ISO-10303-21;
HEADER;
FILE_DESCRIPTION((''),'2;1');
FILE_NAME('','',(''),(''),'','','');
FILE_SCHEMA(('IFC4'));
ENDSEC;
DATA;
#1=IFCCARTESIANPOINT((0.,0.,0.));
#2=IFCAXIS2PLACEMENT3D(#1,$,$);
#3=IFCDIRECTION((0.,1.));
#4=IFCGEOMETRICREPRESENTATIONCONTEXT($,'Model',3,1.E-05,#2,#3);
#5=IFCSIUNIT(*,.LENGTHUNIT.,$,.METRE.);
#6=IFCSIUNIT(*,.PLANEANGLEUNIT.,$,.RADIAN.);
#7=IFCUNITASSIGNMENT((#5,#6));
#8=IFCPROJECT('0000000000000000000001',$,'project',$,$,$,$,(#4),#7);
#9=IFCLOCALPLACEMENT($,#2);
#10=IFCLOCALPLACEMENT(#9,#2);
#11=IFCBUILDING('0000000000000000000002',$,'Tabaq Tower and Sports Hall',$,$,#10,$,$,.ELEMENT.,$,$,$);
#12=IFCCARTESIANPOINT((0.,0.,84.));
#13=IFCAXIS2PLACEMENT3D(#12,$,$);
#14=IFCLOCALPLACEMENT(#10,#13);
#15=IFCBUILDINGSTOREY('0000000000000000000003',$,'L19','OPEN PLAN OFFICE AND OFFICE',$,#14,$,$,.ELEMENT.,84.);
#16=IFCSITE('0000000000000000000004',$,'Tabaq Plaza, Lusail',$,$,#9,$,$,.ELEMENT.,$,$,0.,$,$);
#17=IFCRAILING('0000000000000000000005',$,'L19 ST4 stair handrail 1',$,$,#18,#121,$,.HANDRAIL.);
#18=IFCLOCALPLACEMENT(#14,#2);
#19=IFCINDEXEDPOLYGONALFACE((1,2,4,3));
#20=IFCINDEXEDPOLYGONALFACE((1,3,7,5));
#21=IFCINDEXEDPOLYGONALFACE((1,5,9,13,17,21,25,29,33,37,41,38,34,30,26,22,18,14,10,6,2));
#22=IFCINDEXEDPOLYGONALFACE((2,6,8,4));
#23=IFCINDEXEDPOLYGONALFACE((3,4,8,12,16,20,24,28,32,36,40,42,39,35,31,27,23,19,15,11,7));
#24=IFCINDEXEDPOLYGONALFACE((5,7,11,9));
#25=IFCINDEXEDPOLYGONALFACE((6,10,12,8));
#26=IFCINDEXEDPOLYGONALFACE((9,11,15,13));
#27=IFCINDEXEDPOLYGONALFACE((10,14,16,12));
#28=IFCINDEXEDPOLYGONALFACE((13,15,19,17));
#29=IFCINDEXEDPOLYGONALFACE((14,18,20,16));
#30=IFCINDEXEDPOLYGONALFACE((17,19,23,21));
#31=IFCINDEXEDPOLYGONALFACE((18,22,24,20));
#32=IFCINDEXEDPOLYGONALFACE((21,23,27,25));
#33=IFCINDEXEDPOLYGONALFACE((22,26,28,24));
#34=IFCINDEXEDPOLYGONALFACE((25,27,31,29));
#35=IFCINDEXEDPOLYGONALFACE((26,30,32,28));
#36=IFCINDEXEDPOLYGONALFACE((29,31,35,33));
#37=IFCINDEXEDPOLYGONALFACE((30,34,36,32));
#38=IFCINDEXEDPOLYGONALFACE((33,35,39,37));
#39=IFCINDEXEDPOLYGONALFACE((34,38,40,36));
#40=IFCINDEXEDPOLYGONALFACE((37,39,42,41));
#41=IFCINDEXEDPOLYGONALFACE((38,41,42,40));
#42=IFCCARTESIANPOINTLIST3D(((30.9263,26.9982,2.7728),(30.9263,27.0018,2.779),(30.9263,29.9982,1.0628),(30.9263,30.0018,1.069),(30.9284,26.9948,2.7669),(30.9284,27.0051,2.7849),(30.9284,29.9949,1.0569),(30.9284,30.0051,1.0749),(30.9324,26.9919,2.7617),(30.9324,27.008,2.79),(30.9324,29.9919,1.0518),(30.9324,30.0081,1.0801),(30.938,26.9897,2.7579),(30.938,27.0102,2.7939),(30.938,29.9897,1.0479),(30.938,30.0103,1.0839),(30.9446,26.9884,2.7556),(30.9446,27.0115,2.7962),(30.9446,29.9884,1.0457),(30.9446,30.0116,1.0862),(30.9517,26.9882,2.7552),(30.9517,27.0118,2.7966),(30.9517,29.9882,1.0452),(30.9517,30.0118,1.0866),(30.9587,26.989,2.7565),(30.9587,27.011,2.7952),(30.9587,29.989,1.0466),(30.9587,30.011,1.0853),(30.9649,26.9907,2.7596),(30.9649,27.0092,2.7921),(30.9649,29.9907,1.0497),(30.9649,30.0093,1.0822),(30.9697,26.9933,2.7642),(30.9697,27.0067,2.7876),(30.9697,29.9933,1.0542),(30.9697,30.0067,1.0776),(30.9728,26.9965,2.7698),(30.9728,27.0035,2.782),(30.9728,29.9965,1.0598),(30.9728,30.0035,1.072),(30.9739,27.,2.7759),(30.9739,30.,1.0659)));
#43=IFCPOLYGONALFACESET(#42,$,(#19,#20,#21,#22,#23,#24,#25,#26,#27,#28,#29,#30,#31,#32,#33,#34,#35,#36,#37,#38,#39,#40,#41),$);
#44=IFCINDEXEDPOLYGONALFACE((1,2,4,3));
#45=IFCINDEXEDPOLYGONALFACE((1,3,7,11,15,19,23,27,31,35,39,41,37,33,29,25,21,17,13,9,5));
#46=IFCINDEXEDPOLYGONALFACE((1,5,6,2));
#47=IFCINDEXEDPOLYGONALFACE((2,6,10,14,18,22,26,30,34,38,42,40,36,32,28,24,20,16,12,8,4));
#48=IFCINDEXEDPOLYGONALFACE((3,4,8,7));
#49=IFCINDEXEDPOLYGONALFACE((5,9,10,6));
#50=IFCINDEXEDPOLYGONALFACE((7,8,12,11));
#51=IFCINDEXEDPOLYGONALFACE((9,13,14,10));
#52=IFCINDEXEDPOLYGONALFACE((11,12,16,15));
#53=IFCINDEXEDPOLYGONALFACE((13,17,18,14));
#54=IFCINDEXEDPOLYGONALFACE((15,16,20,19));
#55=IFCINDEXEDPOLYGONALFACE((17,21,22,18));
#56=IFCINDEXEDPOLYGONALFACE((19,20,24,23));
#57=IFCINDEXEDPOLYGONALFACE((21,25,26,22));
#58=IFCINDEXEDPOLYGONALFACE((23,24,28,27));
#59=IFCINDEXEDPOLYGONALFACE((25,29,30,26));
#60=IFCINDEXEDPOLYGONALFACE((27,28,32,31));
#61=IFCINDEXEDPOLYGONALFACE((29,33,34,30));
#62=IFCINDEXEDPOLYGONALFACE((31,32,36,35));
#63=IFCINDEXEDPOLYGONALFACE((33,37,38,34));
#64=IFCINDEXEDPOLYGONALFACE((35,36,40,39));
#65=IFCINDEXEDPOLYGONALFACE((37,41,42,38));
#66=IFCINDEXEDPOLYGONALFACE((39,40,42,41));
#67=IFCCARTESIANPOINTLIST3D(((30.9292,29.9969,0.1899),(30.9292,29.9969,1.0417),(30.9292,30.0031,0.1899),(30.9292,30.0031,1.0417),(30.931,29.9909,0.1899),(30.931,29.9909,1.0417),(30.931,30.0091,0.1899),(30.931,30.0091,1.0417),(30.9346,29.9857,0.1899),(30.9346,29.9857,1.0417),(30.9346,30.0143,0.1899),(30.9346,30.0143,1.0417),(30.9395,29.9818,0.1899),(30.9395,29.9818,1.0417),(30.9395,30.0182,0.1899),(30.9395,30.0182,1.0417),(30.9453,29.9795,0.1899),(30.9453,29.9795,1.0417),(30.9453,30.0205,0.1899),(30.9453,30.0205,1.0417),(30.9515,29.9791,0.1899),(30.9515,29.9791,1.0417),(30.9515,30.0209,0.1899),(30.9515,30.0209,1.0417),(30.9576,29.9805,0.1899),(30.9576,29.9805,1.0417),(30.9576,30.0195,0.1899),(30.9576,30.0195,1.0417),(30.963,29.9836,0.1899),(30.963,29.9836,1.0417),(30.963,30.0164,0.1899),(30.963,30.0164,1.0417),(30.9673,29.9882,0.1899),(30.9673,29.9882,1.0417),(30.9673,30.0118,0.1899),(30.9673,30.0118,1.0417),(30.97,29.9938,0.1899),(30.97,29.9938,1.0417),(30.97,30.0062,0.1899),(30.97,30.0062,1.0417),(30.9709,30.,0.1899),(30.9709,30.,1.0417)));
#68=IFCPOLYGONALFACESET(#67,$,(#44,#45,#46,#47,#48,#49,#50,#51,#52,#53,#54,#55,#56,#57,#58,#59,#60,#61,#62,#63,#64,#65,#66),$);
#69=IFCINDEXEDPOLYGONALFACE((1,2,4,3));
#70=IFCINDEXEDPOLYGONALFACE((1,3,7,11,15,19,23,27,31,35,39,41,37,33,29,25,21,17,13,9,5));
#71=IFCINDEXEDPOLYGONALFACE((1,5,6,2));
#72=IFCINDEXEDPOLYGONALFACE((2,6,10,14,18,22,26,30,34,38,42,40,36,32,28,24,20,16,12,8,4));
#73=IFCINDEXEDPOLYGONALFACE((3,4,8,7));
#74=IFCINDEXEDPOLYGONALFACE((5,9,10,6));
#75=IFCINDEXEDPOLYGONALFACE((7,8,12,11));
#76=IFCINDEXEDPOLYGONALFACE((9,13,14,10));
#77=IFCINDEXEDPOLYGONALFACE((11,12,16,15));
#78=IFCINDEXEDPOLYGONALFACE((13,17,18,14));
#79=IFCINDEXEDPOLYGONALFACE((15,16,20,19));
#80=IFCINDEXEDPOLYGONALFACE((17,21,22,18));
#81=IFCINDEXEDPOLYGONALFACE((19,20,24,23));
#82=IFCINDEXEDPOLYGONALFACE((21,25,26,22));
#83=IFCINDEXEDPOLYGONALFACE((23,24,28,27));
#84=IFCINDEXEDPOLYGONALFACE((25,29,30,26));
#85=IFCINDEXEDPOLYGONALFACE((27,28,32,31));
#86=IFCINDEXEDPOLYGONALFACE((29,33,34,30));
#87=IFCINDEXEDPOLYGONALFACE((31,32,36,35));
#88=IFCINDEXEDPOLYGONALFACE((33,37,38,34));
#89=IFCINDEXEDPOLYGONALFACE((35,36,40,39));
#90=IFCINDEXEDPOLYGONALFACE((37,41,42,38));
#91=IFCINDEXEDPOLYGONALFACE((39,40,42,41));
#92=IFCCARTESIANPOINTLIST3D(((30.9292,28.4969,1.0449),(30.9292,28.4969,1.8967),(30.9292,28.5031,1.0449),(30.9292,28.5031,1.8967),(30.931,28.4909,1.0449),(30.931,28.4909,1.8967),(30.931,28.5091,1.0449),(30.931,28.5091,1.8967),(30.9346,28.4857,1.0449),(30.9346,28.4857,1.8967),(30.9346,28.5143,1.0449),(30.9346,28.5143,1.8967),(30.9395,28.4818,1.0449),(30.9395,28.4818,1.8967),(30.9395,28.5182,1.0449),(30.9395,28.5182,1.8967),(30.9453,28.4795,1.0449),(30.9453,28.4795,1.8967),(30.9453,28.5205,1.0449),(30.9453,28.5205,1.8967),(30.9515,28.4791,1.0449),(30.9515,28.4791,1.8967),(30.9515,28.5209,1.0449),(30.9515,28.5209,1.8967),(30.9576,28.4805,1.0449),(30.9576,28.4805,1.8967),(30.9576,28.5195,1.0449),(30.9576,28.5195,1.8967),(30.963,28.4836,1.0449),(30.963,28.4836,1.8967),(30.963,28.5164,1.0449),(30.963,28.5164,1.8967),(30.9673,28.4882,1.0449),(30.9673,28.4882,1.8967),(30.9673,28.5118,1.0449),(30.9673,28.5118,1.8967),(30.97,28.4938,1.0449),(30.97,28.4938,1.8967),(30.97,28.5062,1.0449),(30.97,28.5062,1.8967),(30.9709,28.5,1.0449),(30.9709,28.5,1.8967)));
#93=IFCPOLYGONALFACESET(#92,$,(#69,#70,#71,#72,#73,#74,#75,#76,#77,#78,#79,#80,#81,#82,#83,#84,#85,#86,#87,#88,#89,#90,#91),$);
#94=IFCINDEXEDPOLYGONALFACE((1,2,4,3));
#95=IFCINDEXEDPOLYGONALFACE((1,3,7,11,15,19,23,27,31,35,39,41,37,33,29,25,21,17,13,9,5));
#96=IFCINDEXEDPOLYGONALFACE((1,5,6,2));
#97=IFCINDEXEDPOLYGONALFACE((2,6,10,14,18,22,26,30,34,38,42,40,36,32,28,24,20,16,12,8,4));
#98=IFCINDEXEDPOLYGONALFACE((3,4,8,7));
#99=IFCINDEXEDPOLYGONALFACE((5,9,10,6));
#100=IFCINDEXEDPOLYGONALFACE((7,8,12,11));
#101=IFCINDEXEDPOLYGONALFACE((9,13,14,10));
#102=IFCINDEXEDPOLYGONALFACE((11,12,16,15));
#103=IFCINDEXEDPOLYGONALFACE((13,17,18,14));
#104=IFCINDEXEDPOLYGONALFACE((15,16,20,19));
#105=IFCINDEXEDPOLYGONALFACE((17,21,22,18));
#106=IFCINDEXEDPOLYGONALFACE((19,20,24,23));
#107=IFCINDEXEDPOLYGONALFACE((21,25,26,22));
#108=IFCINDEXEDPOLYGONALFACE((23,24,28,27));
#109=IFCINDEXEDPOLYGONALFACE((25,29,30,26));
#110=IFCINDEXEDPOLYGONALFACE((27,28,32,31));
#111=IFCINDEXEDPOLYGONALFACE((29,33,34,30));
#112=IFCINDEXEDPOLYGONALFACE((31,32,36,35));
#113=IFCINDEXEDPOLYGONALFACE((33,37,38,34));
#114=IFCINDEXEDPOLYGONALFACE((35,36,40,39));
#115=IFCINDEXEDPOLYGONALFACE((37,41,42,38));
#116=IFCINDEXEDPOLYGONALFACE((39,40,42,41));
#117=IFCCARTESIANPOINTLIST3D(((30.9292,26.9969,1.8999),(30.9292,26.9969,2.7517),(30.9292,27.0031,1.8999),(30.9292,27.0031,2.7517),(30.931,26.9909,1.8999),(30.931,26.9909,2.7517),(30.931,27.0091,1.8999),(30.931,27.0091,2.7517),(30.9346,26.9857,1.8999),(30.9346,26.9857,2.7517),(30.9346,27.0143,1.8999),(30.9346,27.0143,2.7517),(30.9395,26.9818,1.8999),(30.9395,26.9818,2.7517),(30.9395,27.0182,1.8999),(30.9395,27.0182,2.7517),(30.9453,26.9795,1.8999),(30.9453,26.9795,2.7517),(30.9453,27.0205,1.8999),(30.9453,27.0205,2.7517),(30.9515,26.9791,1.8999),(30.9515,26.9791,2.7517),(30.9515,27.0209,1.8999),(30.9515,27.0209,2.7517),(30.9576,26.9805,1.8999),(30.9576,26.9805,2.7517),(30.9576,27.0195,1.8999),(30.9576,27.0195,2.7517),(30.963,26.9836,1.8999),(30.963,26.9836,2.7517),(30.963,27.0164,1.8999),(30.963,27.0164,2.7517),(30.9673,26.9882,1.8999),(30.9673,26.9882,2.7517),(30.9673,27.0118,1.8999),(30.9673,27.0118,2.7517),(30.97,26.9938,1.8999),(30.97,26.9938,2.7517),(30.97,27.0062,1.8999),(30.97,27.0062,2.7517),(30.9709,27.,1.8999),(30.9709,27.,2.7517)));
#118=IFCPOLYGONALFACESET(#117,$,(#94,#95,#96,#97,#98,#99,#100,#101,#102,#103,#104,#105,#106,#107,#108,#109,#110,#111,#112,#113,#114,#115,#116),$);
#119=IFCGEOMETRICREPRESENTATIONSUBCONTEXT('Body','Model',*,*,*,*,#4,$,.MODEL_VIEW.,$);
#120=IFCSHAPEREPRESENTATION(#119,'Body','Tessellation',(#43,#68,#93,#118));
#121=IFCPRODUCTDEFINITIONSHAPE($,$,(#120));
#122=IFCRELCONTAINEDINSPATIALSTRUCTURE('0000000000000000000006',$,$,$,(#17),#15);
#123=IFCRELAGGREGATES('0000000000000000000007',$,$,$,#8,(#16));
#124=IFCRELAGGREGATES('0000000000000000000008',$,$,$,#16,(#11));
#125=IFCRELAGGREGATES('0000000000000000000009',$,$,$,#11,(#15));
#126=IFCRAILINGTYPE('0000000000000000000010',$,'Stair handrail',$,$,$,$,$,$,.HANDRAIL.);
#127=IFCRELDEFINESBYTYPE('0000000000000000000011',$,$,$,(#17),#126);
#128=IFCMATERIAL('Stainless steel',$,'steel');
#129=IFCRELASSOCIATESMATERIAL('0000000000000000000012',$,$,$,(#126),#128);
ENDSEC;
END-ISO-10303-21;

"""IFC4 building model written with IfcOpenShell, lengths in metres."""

from ifc_helpers import new_model, si_unit, direction, frame, origin, origin_2d, place, context, subcontext, project, spatial, circle, extrude, material, type_object, element, save


model = new_model("IFC4")

# Units and contexts
model_context = context("Model", 3, precision=1e-05, world=origin(), true_north=direction((0.0, 1.0)))
body_context = subcontext(model_context, "Body", "Model", "MODEL_VIEW")
ifc_project = project(units=[si_unit("LENGTHUNIT", "METRE"), si_unit("PLANEANGLEUNIT", "RADIAN")], contexts=[model_context])

# Site, building, storey
site_placement = place(None, origin())
site = spatial("IfcSite", under=ifc_project, at=site_placement, Name="Tabaq Plaza, Lusail", CompositionType="ELEMENT", RefElevation=0.0)
building_placement = place(site_placement, origin())
building = spatial("IfcBuilding", under=site, at=building_placement, Name="Tabaq Tower and Sports Hall", CompositionType="ELEMENT")
storey_placement = place(building_placement, frame((0.0, 0.0, 84.0)))
storey = spatial("IfcBuildingStorey", under=building, at=storey_placement, Name="L19", Description="OPEN PLAN OFFICE AND OFFICE", CompositionType="ELEMENT", Elevation=84.0)

# Railing
ifc_material_1 = material(Name="Stainless steel", Category="steel")
railing_type_1 = type_object("IfcRailingType", Name="Stair handrail", PredefinedType="HANDRAIL", material=ifc_material_1)
railing_1_placement = place(storey_placement, frame((30.95, 30.0, 0.1899)))
element("IfcRailing", 1, at=railing_1_placement, inside=storey, type_object=railing_type_1, Name="L19 ST4 stair handrail 1", PredefinedType="HANDRAIL", context=body_context, shape_type="SweptSolid", body=[
    extrude(circle(Radius=0.0239, at=origin_2d()), frame((0.0, 0.0, 0.876), z_axis=(0.0, -0.868782, 0.495195), x_axis=(1.0, 0.0, 0.0)), (0.0, 0.0, 1.0), 3.4531),
    extrude(circle(Radius=0.021, at=origin_2d()), origin(), (0.0, 0.0, 1.0), 0.8518),
    extrude(circle(Radius=0.021, at=origin_2d()), frame((0.0, -1.5, 0.855)), (0.0, 0.0, 1.0), 0.8518),
    extrude(circle(Radius=0.021, at=origin_2d()), frame((0.0, -3.0, 1.71)), (0.0, 0.0, 1.0), 0.8518),
])

save(model, "model.ifc")
